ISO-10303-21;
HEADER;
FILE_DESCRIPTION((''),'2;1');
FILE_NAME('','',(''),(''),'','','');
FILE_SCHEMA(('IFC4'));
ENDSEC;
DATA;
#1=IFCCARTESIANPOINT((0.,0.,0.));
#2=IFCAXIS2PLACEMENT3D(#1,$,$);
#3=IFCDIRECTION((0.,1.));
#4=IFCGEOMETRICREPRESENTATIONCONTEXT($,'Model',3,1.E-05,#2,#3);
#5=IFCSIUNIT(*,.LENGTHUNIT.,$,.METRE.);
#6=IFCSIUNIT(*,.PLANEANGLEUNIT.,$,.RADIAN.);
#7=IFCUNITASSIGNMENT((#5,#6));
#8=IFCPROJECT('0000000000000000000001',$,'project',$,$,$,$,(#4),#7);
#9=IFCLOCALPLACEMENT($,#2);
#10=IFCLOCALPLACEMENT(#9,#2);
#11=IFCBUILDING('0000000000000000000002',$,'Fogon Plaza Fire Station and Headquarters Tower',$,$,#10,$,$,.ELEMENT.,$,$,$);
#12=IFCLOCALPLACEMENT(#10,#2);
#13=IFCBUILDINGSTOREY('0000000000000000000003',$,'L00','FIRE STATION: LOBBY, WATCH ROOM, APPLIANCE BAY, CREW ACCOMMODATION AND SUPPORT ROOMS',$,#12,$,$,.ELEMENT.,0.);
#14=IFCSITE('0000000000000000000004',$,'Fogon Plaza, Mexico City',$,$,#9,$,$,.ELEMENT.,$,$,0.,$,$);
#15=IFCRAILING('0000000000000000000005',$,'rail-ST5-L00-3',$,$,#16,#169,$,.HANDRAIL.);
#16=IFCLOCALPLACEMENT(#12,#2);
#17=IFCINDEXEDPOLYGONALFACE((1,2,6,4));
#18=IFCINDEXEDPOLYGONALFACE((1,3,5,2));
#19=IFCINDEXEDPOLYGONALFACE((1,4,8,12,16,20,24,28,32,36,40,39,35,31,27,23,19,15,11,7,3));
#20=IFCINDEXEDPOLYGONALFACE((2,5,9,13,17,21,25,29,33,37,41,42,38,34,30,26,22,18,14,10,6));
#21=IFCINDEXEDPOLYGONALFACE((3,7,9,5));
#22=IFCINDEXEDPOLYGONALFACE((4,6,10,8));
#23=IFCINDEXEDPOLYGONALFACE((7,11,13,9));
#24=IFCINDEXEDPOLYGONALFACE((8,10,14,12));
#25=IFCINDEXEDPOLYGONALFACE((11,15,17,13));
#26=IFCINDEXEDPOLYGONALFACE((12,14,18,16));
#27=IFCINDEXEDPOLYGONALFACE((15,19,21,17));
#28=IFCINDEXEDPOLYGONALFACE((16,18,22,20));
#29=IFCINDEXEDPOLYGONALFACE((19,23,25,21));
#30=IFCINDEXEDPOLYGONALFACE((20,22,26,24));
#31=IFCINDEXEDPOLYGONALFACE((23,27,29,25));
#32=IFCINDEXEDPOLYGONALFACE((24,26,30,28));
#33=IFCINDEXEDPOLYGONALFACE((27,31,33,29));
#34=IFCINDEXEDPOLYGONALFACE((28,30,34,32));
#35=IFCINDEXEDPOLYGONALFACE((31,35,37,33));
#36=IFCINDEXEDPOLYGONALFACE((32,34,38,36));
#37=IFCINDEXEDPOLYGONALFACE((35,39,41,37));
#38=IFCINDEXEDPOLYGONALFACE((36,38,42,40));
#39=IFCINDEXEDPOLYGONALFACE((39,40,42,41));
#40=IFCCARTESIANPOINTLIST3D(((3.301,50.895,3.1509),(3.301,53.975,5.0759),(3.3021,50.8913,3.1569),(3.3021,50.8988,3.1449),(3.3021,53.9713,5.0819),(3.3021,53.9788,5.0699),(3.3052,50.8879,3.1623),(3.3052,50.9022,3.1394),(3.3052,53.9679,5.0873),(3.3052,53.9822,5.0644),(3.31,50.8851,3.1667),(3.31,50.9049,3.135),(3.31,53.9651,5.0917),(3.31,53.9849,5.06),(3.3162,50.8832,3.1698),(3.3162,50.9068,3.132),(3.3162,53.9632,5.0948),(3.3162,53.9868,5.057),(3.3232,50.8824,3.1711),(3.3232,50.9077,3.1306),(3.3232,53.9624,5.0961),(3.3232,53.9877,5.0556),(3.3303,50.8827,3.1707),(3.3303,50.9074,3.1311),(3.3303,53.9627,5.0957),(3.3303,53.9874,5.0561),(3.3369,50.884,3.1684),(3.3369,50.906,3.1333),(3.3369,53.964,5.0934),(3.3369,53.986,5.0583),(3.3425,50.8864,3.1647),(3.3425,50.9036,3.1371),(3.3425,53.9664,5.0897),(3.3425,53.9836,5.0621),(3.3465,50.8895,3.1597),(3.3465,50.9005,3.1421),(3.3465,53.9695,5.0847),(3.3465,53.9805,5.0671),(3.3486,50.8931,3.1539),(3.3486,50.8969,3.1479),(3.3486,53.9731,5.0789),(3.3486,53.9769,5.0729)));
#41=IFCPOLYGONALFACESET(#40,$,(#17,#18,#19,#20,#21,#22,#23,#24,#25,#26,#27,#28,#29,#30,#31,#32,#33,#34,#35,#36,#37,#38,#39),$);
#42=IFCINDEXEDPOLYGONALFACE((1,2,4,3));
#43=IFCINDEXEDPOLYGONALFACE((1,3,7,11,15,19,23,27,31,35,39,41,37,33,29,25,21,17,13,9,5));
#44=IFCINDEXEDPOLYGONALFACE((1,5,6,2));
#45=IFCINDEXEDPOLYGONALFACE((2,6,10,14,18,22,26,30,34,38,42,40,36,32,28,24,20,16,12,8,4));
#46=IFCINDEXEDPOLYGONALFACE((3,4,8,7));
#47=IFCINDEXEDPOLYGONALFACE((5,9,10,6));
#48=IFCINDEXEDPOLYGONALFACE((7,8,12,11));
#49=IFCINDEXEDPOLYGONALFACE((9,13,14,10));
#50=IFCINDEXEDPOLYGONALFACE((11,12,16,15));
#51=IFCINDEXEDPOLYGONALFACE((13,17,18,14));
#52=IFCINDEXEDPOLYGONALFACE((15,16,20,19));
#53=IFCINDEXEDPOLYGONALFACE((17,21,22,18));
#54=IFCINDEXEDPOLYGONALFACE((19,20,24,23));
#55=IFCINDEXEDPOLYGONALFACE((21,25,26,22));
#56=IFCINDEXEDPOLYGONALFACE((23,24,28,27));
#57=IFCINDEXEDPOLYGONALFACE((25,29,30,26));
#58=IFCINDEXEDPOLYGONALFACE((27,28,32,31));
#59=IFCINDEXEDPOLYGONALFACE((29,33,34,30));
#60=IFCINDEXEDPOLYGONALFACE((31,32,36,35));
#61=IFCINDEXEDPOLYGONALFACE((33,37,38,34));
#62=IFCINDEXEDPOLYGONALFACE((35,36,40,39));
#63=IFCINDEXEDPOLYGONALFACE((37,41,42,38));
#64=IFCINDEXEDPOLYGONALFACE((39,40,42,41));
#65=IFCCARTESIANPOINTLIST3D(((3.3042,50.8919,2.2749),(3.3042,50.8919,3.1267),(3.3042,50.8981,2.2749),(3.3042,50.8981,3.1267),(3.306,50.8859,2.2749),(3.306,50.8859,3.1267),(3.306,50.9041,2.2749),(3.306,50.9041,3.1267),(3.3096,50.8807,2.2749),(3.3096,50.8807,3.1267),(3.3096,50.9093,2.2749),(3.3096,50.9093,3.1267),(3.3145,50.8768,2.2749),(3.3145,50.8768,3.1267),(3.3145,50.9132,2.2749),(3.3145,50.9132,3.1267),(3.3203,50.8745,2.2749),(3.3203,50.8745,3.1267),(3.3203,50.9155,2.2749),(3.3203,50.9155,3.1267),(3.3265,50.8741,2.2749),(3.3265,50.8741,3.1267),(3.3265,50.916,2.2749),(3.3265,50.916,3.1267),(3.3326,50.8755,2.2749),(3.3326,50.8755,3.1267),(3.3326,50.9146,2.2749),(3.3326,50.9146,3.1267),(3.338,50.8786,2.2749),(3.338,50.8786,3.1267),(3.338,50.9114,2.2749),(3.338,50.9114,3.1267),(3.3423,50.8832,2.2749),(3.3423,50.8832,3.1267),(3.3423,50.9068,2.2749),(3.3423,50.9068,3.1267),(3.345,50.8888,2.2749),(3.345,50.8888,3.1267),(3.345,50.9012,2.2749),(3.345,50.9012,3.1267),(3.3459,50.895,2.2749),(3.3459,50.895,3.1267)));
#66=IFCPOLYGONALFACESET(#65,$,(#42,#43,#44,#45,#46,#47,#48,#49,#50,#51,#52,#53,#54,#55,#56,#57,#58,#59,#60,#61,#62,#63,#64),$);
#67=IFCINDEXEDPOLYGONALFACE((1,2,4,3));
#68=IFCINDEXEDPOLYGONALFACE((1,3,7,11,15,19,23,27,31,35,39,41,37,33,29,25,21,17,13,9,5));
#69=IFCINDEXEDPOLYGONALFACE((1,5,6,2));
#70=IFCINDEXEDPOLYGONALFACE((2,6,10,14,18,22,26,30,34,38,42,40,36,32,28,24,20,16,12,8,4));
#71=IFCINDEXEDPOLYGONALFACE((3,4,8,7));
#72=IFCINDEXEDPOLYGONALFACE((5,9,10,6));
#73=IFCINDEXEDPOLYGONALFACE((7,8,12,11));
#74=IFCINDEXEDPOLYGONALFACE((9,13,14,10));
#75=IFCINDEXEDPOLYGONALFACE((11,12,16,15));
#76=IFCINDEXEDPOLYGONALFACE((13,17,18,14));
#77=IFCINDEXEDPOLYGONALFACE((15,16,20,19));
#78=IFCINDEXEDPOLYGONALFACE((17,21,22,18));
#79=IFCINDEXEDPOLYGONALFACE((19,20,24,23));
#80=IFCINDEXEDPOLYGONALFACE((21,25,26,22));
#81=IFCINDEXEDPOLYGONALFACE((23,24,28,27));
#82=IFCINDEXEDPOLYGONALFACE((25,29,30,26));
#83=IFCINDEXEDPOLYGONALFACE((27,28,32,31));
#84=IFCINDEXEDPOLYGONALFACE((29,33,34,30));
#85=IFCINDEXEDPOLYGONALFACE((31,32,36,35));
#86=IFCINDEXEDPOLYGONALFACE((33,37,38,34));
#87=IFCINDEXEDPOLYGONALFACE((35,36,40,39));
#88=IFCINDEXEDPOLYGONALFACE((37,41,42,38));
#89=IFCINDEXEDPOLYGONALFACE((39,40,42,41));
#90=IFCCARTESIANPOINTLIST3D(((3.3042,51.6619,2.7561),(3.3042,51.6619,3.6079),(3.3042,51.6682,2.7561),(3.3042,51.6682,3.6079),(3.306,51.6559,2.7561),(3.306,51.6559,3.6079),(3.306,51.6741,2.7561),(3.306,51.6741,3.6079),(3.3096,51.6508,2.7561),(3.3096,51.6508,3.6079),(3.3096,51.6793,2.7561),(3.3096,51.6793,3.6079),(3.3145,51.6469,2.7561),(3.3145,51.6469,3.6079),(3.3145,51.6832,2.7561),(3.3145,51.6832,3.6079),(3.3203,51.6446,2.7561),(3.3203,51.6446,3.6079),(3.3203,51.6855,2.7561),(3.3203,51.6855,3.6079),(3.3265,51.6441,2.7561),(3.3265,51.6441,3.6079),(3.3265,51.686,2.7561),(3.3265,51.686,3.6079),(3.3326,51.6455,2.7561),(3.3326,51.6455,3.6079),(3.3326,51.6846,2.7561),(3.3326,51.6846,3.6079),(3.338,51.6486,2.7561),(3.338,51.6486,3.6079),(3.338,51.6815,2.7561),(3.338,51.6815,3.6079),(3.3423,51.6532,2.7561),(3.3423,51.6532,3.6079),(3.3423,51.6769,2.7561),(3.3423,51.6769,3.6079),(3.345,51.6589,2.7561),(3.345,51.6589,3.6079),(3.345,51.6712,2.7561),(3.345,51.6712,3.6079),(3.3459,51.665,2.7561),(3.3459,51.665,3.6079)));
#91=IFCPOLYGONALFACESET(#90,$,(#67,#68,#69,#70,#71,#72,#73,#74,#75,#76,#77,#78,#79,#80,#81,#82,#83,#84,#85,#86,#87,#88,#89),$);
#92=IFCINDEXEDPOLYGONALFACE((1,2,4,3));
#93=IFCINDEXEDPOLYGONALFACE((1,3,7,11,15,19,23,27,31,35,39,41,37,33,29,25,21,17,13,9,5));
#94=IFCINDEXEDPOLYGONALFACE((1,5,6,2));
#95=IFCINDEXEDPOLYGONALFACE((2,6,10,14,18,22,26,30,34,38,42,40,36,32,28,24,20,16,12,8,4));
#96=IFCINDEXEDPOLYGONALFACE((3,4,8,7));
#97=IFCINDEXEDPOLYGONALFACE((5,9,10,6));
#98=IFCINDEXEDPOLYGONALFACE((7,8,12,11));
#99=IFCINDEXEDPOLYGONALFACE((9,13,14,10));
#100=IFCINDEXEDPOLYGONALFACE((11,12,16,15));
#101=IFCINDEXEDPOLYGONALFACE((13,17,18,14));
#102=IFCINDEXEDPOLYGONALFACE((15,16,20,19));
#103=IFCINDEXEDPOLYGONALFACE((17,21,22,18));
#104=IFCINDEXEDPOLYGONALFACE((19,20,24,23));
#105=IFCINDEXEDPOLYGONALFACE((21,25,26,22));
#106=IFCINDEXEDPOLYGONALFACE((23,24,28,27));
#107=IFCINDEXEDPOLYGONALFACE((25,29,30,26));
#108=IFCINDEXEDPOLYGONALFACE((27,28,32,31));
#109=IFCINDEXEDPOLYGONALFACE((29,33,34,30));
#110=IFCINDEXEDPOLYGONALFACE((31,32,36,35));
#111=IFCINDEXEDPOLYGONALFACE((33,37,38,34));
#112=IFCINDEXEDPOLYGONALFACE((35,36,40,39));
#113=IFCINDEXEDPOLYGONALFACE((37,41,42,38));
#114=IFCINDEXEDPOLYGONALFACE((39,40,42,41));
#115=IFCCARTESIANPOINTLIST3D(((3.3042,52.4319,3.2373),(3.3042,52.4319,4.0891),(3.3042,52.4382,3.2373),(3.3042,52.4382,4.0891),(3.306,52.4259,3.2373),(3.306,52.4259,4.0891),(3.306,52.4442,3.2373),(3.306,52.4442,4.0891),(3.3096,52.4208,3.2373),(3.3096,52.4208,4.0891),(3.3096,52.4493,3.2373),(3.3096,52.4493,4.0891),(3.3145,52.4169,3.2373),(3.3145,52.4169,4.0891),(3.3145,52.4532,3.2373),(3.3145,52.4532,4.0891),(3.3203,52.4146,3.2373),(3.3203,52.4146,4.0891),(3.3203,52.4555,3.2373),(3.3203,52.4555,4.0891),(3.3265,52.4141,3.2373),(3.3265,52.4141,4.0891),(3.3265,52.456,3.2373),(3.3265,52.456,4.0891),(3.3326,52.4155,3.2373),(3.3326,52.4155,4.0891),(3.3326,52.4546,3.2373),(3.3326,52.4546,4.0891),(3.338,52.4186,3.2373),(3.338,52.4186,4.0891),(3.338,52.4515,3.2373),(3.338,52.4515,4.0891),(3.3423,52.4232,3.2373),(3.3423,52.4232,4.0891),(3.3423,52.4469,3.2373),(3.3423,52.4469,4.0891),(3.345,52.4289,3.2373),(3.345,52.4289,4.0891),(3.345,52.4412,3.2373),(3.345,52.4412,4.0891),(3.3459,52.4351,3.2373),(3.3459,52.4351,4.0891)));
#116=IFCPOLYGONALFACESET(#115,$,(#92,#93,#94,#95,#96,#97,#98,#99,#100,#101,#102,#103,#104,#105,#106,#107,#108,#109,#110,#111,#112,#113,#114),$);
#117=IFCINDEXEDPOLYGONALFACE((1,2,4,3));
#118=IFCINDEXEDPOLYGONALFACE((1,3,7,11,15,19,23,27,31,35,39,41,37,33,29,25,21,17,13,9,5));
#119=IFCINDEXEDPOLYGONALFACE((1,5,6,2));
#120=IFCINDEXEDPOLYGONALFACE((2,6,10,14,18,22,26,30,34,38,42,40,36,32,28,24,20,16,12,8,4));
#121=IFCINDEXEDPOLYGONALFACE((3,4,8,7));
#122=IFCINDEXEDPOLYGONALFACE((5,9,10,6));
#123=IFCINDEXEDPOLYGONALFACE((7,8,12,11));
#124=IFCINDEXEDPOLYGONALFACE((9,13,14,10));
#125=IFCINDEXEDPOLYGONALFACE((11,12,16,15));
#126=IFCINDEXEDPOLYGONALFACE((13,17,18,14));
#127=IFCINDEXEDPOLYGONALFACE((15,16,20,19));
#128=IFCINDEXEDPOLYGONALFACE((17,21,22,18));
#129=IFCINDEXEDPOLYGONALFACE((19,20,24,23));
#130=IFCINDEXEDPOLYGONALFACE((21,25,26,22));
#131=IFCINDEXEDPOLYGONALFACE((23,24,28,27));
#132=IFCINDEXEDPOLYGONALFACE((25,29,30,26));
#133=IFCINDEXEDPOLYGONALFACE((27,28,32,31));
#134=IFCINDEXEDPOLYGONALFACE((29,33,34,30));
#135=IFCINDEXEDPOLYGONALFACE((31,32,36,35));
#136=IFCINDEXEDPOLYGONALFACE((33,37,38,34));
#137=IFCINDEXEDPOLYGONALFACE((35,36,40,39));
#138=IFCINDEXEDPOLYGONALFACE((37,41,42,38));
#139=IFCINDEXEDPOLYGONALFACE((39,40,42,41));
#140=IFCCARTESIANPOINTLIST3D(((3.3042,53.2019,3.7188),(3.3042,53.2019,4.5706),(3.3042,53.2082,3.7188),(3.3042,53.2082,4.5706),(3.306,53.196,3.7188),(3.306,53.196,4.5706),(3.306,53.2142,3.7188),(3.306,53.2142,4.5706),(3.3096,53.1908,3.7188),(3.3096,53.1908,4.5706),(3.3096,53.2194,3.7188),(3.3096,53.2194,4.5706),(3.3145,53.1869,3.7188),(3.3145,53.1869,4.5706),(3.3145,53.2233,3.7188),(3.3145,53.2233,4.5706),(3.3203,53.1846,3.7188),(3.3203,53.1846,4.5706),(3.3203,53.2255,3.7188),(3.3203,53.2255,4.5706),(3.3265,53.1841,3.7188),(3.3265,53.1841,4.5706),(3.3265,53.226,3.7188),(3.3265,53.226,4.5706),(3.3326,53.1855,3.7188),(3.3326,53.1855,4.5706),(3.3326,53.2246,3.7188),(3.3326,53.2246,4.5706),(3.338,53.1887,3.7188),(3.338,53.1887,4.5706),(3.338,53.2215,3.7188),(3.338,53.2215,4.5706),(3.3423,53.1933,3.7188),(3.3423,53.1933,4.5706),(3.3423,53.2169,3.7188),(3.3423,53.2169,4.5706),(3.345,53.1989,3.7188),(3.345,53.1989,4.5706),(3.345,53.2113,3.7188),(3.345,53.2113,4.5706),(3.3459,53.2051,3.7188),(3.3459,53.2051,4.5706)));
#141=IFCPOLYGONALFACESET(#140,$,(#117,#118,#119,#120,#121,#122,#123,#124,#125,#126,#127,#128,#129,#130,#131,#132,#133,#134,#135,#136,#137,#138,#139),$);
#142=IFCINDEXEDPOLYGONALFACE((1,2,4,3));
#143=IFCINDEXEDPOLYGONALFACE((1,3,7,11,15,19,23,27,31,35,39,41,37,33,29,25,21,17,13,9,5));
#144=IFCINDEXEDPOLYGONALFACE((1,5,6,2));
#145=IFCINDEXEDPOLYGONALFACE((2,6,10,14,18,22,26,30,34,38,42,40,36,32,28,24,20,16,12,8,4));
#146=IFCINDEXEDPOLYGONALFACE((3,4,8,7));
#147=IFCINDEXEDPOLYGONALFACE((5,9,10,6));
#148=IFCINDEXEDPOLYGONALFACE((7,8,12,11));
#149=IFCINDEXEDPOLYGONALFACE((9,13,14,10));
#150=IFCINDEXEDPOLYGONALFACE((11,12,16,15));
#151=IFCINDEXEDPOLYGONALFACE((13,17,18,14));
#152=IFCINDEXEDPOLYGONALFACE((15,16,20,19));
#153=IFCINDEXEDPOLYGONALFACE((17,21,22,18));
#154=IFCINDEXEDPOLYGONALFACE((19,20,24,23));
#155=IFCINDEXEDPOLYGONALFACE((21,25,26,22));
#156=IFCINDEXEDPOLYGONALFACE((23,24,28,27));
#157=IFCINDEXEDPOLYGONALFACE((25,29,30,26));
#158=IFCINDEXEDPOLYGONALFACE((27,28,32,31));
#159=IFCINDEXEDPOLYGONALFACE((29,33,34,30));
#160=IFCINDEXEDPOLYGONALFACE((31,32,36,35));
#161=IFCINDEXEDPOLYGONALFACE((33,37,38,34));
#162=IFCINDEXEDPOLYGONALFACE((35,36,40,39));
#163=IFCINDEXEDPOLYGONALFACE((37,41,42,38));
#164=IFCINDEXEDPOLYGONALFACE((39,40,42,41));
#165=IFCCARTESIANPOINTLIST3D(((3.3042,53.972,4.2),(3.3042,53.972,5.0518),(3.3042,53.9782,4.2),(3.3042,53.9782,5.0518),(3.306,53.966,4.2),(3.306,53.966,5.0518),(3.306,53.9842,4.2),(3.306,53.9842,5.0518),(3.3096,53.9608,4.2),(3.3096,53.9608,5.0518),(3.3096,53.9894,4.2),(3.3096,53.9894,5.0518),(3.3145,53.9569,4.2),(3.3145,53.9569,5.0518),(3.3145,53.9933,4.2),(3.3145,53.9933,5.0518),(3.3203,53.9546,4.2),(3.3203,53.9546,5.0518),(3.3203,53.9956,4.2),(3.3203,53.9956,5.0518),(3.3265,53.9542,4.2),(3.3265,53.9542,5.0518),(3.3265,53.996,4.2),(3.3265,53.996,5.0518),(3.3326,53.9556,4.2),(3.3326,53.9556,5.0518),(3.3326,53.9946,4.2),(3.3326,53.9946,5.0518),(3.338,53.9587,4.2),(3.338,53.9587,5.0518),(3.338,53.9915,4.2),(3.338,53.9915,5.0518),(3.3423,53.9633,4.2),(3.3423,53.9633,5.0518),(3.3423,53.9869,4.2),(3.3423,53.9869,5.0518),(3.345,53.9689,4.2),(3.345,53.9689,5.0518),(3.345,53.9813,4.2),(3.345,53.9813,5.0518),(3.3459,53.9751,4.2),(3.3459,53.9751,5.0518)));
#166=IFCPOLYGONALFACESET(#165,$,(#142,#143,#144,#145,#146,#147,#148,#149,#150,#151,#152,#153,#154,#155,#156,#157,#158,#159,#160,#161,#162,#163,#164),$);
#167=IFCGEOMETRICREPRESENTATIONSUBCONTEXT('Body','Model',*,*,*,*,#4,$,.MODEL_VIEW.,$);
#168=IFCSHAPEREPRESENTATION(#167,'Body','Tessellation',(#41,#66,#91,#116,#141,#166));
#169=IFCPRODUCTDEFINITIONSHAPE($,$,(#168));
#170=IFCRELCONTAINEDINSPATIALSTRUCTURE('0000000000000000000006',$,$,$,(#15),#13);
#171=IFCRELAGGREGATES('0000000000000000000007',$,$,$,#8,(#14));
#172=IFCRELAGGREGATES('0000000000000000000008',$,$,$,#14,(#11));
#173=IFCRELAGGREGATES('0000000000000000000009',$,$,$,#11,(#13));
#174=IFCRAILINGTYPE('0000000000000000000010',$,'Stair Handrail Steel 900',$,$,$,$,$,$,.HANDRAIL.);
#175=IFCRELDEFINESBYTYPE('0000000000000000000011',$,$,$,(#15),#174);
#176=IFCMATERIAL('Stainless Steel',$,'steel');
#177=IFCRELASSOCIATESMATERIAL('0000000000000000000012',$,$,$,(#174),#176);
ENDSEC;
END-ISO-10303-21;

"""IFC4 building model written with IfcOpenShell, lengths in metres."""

from ifc_helpers import new_model, si_unit, direction, frame, origin, origin_2d, place, context, subcontext, project, spatial, circle, extrude, material, type_object, element, save


model = new_model("IFC4")

# Units and contexts
model_context = context("Model", 3, precision=1e-05, world=origin(), true_north=direction((0.0, 1.0)))
body_context = subcontext(model_context, "Body", "Model", "MODEL_VIEW")
ifc_project = project(units=[si_unit("LENGTHUNIT", "METRE"), si_unit("PLANEANGLEUNIT", "RADIAN")], contexts=[model_context])

# Site, building, storey
site_placement = place(None, origin())
site = spatial("IfcSite", under=ifc_project, at=site_placement, Name="Fogon Plaza, Mexico City", CompositionType="ELEMENT", RefElevation=0.0)
building_placement = place(site_placement, origin())
building = spatial("IfcBuilding", under=site, at=building_placement, Name="Fogon Plaza Fire Station and Headquarters Tower", CompositionType="ELEMENT")
storey_placement = place(building_placement, origin())
storey = spatial("IfcBuildingStorey", under=building, at=storey_placement, Name="L00", Description="FIRE STATION: LOBBY, WATCH ROOM, APPLIANCE BAY, CREW ACCOMMODATION AND SUPPORT ROOMS", CompositionType="ELEMENT", Elevation=0.0)

# Railing
ifc_material_1 = material(Name="Stainless Steel", Category="steel")
railing_type_1 = type_object("IfcRailingType", Name="Stair Handrail Steel 900", PredefinedType="HANDRAIL", material=ifc_material_1)
railing_1_placement = place(storey_placement, frame((3.325, 50.895, 2.2749)))
element("IfcRailing", 1, at=railing_1_placement, inside=storey, type_object=railing_type_1, Name="rail-ST5-L00-3", PredefinedType="HANDRAIL", context=body_context, shape_type="SweptSolid", body=[
    extrude(circle(Radius=0.0239, at=origin_2d()), frame((0.0, 0.0, 0.876), z_axis=(0.0, 0.847998, 0.529999), x_axis=(-1.0, 0.0, 0.0)), (0.0, 0.0, 1.0), 3.6321),
    extrude(circle(Radius=0.021, at=origin_2d()), origin(), (0.0, 0.0, 1.0), 0.8518),
    extrude(circle(Radius=0.021, at=origin_2d()), frame((0.0, 0.77, 0.4812)), (0.0, 0.0, 1.0), 0.8518),
    extrude(circle(Radius=0.021, at=origin_2d()), frame((0.0, 1.54, 0.9624)), (0.0, 0.0, 1.0), 0.8518),
    extrude(circle(Radius=0.021, at=origin_2d()), frame((0.0, 2.3101, 1.4438)), (0.0, 0.0, 1.0), 0.8518),
    extrude(circle(Radius=0.021, at=origin_2d()), frame((0.0, 3.0801, 1.925)), (0.0, 0.0, 1.0), 0.8518),
])

save(model, "model.ifc")
